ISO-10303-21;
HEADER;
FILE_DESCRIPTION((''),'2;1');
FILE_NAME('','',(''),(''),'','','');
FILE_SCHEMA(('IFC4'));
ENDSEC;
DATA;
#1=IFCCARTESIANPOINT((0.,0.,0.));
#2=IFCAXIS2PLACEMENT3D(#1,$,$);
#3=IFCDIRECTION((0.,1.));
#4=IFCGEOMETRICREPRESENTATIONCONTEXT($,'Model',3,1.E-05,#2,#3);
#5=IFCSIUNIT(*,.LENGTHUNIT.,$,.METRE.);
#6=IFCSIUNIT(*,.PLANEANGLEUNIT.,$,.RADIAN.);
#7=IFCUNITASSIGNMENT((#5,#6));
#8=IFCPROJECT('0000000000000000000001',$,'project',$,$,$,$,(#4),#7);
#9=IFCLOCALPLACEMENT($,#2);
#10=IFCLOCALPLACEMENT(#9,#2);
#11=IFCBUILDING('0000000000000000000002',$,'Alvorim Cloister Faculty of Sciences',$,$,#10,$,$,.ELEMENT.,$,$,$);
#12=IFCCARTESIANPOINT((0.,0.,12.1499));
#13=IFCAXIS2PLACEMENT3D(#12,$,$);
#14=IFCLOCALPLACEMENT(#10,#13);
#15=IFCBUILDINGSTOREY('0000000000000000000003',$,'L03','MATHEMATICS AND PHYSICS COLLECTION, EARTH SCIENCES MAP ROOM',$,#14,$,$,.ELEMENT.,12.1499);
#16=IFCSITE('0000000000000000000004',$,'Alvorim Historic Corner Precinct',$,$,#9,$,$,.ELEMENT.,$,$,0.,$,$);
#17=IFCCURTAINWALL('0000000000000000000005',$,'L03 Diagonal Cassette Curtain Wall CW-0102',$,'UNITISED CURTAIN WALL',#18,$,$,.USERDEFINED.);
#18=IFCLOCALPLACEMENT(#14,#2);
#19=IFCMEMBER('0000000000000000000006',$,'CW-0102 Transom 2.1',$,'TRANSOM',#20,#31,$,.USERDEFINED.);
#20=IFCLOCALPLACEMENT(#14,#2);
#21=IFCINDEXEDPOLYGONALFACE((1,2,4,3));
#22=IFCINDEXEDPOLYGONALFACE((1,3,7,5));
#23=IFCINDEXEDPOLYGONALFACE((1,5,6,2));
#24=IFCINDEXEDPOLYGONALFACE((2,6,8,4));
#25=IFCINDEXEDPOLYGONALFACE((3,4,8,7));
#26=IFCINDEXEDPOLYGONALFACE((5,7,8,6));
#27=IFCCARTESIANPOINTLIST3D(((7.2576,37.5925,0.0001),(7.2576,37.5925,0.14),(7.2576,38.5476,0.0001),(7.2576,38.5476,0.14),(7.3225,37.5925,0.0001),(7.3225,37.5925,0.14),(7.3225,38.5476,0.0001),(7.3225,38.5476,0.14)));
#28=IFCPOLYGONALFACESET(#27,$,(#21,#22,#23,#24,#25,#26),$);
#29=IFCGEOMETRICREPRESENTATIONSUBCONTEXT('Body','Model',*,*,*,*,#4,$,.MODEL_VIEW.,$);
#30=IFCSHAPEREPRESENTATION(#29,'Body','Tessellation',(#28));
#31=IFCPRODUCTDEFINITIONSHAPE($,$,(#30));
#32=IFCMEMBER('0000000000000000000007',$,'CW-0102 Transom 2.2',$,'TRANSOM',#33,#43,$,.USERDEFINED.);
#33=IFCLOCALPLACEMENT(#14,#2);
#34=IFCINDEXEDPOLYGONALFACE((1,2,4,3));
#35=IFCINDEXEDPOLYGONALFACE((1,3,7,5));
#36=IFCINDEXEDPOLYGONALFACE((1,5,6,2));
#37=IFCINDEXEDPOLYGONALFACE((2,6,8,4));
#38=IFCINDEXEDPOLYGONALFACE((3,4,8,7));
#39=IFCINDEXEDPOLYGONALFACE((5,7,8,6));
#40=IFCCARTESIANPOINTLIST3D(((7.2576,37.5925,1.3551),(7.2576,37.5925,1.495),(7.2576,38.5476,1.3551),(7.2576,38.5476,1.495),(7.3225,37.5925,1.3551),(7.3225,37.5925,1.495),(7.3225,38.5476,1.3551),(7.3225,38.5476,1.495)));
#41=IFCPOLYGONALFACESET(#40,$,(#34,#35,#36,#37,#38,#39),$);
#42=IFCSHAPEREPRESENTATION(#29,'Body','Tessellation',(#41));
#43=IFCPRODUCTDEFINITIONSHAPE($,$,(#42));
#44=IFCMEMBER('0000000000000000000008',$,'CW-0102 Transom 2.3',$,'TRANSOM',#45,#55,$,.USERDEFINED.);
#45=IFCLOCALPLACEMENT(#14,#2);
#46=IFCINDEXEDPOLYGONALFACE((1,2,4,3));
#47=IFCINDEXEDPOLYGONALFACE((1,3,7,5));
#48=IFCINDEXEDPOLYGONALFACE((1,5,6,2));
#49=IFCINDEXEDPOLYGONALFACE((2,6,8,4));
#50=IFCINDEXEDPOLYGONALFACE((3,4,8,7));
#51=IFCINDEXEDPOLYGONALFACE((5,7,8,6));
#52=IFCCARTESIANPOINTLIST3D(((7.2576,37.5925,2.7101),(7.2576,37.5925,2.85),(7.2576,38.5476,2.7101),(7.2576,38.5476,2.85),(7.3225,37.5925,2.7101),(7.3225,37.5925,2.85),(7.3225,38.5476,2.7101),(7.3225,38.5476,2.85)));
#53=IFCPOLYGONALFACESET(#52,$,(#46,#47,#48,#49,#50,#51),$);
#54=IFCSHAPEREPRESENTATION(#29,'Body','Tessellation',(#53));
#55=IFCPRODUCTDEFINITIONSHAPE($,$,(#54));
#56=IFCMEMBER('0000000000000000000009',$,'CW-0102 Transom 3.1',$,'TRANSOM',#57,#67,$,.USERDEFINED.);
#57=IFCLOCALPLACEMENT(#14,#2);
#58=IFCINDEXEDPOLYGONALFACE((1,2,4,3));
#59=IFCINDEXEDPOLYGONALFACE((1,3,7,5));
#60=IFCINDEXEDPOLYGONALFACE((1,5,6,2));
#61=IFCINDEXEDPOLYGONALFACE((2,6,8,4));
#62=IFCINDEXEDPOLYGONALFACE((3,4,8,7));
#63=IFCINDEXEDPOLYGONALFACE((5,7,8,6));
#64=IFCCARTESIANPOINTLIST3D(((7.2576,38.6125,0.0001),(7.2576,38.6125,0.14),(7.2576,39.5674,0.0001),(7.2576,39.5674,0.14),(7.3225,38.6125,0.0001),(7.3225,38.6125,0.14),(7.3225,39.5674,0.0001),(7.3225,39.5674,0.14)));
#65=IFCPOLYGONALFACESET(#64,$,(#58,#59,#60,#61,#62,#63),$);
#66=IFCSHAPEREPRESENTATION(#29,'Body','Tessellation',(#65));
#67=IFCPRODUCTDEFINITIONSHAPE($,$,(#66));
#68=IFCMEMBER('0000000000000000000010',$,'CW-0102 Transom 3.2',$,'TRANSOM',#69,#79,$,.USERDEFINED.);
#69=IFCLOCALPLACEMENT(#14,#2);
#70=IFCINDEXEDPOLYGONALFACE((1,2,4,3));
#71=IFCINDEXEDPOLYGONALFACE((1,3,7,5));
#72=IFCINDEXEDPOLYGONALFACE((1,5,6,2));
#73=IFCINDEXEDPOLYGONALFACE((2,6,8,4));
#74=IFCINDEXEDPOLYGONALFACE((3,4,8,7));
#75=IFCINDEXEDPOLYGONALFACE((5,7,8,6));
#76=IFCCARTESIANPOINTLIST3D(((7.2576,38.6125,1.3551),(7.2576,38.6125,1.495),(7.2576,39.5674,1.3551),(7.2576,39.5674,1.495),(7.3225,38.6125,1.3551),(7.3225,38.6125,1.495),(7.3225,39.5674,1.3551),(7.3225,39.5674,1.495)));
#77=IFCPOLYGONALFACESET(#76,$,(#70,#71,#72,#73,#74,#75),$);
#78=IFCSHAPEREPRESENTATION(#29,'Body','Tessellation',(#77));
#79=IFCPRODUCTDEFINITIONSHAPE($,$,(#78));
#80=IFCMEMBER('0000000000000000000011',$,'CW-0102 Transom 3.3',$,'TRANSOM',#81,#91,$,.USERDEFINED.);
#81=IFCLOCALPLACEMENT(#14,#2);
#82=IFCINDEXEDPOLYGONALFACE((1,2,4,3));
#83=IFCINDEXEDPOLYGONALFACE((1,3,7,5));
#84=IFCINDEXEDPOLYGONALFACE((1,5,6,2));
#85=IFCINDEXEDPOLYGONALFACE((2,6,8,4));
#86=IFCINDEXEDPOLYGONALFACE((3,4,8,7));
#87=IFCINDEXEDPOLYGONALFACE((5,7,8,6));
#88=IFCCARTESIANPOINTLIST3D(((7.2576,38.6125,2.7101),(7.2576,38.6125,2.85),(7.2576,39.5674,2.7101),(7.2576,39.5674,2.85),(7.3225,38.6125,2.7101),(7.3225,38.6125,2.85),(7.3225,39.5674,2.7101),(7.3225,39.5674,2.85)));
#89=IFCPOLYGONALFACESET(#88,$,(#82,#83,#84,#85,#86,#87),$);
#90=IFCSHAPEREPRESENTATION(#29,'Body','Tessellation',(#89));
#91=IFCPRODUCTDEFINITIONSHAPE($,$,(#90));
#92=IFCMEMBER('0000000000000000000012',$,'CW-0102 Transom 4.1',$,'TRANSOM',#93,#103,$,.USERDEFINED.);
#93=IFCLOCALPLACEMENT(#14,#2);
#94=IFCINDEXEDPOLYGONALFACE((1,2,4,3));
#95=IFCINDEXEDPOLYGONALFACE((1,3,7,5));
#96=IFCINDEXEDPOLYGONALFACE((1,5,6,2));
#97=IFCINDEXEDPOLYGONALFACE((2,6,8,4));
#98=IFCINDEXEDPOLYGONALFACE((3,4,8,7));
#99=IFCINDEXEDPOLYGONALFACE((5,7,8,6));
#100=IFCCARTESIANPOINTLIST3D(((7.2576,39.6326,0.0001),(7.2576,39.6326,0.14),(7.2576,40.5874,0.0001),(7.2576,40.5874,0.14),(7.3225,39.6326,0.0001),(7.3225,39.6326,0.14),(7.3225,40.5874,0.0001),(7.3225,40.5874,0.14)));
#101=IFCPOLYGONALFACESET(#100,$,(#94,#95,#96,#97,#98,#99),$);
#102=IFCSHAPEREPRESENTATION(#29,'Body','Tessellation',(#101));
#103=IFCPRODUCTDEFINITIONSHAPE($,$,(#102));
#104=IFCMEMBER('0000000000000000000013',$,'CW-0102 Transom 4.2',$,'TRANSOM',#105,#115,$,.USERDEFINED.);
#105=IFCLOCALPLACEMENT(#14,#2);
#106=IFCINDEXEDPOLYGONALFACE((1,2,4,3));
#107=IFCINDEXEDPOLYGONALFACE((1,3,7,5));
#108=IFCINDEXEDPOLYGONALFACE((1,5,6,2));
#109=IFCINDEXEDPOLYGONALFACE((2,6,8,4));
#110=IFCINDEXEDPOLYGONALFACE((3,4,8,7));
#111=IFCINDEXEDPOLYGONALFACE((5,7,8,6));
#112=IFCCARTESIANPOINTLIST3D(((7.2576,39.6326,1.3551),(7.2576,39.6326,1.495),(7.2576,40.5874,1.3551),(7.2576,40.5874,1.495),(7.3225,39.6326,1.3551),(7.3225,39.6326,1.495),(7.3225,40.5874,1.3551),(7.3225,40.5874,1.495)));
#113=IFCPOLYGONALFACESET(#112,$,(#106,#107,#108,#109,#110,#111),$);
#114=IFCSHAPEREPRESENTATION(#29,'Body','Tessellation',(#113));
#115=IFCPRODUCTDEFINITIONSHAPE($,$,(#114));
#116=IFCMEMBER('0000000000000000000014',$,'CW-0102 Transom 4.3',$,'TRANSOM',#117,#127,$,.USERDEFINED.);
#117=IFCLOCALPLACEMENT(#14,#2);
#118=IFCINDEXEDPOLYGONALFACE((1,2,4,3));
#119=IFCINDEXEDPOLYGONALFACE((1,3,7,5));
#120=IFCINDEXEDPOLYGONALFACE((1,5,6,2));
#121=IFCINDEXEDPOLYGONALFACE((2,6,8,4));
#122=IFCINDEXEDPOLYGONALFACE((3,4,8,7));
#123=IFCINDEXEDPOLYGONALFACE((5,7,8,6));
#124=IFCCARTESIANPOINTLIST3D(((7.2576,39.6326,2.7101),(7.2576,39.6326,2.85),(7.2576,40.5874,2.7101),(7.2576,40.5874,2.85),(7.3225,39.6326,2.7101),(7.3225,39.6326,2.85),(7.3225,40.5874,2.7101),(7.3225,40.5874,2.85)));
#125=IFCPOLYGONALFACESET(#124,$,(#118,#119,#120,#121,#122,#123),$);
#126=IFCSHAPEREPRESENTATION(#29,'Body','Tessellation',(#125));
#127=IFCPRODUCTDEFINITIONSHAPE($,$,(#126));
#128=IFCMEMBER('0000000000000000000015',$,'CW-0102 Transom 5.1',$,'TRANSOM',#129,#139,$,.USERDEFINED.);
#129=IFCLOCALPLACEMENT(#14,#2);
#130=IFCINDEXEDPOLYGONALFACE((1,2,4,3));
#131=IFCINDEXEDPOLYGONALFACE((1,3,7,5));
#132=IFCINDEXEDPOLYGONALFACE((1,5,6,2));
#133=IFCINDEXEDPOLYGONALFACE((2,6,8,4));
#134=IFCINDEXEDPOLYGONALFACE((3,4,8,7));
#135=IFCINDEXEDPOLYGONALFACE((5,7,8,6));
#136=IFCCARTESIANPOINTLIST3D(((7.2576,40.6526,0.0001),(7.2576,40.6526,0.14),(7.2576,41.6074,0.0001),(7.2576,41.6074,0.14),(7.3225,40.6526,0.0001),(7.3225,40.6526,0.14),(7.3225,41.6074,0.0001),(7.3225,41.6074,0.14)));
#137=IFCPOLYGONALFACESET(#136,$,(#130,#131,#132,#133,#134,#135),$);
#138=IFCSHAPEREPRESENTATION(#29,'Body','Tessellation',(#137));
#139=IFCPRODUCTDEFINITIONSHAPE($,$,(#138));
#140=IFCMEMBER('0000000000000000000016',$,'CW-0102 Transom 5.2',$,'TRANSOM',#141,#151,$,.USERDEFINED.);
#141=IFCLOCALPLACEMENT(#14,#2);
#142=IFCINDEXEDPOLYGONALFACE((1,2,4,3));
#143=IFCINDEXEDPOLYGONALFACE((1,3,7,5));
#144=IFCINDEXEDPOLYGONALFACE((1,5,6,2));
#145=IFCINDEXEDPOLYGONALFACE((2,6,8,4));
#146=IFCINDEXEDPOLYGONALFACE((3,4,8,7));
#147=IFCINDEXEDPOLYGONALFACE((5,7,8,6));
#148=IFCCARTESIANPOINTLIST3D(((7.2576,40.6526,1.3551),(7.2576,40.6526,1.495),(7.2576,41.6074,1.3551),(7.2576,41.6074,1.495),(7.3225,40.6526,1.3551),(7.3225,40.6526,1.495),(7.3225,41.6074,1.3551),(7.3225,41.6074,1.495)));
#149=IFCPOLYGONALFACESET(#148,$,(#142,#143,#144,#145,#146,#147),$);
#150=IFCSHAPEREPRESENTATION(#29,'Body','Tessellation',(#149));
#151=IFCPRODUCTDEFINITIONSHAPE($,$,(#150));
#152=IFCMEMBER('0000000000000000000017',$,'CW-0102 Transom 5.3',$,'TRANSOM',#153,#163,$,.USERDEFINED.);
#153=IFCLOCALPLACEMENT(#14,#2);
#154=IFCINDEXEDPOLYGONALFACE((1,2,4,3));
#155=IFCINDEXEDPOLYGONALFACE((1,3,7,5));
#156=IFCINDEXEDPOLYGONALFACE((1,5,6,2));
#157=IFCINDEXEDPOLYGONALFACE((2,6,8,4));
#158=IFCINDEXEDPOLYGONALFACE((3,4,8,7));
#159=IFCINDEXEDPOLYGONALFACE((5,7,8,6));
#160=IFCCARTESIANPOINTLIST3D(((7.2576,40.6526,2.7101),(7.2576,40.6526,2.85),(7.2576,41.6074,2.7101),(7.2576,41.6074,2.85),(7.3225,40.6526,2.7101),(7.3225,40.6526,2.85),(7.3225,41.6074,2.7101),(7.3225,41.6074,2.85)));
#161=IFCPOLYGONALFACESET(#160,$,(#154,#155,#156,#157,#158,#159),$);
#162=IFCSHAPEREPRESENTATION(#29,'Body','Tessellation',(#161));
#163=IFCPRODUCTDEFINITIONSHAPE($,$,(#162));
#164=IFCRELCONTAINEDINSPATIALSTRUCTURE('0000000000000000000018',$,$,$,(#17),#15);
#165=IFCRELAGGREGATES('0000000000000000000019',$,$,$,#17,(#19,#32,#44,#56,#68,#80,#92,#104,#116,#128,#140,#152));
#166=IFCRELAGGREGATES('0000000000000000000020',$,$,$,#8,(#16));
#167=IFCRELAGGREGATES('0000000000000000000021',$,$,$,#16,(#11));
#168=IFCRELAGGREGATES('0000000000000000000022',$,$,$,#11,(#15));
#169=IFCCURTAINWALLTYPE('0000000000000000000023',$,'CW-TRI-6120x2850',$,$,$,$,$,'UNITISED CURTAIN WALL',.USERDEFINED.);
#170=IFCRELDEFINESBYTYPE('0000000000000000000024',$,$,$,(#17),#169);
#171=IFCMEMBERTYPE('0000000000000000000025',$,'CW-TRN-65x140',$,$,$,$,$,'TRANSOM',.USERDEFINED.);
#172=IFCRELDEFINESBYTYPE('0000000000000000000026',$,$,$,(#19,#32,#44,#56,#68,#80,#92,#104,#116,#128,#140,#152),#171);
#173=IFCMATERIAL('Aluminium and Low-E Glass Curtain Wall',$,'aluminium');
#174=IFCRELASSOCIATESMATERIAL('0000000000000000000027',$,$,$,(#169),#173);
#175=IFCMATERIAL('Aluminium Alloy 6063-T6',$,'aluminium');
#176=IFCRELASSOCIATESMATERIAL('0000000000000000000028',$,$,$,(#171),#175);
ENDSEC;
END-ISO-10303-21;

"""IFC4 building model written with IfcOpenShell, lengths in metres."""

from ifc_helpers import new_model, si_unit, direction, frame, origin, origin_2d, place, context, subcontext, project, spatial, rectangle, extrude, material, material_profile, profile_set, type_object, element, aggregate, save


model = new_model("IFC4")

# Units and contexts
model_context = context("Model", 3, precision=1e-05, world=origin(), true_north=direction((0.0, 1.0)))
body_context = subcontext(model_context, "Body", "Model", "MODEL_VIEW")
ifc_project = project(units=[si_unit("LENGTHUNIT", "METRE"), si_unit("PLANEANGLEUNIT", "RADIAN")], contexts=[model_context])

# Site, building, storey
site_placement = place(None, origin())
site = spatial("IfcSite", under=ifc_project, at=site_placement, Name="Alvorim Historic Corner Precinct", CompositionType="ELEMENT", RefElevation=0.0)
building_placement = place(site_placement, origin())
building = spatial("IfcBuilding", under=site, at=building_placement, Name="Alvorim Cloister Faculty of Sciences", CompositionType="ELEMENT")
storey_placement = place(building_placement, frame((0.0, 0.0, 12.1499)))
storey = spatial("IfcBuildingStorey", under=building, at=storey_placement, Name="L03", Description="MATHEMATICS AND PHYSICS COLLECTION, EARTH SCIENCES MAP ROOM", CompositionType="ELEMENT", Elevation=12.1499)

# Shared definitions
ifc_material_1 = material(Name="Aluminium and Low-E Glass Curtain Wall", Category="aluminium")
curtain_wall_type = type_object("IfcCurtainWallType", Name="CW-TRI-6120x2850", ElementType="UNITISED CURTAIN WALL", PredefinedType="USERDEFINED", material=ifc_material_1)
ifc_material_2 = material(Name="Aluminium Alloy 6063-T6", Category="aluminium")

# Curtain wall
curtain_wall_1_placement = place(storey_placement, origin())
curtain_wall_1 = element("IfcCurtainWall", 1, at=curtain_wall_1_placement, inside=storey, type_object=curtain_wall_type, Name="L03 Diagonal Cassette Curtain Wall CW-0102", ObjectType="UNITISED CURTAIN WALL", PredefinedType="USERDEFINED")

# Members
ifc_material_profile_1 = material_profile(ifc_material_2, rectangle(XDim=0.0649, YDim=0.1399, at=origin_2d()), Name="ALU-TRN-65x140")
ifc_profile_set_1 = profile_set([ifc_material_profile_1], Name="Aluminium Alloy 6063-T6")
member_type_1 = type_object("IfcMemberType", Name="CW-TRN-65x140", ElementType="TRANSOM", PredefinedType="USERDEFINED", material=ifc_profile_set_1)
member_1_placement = place(storey_placement, frame((7.29, 37.5925, 0.0701), z_axis=(0.0, 1.0, 0.0), x_axis=(-1.0, 0.0, 0.0)))
member_1 = element("IfcMember", 2, at=member_1_placement, type_object=member_type_1, Name="CW-0102 Transom 2.1", ObjectType="TRANSOM", PredefinedType="USERDEFINED", context=body_context, shape_type="SweptSolid", body=[
    extrude(rectangle(XDim=0.0649, YDim=0.1399, at=origin_2d()), origin(), (0.0, 0.0, 1.0), 0.9551),
])
member_2_placement = place(storey_placement, frame((7.29, 37.5925, 1.425), z_axis=(0.0, 1.0, 0.0), x_axis=(-1.0, 0.0, 0.0)))
member_2 = element("IfcMember", 3, at=member_2_placement, type_object=member_type_1, Name="CW-0102 Transom 2.2", ObjectType="TRANSOM", PredefinedType="USERDEFINED", context=body_context, shape_type="SweptSolid", body=[
    extrude(rectangle(XDim=0.0649, YDim=0.1399, at=origin_2d()), origin(), (0.0, 0.0, 1.0), 0.9551),
])
member_3_placement = place(storey_placement, frame((7.29, 37.5925, 2.78), z_axis=(0.0, 1.0, 0.0), x_axis=(-1.0, 0.0, 0.0)))
member_3 = element("IfcMember", 4, at=member_3_placement, type_object=member_type_1, Name="CW-0102 Transom 2.3", ObjectType="TRANSOM", PredefinedType="USERDEFINED", context=body_context, shape_type="SweptSolid", body=[
    extrude(rectangle(XDim=0.0649, YDim=0.1399, at=origin_2d()), origin(), (0.0, 0.0, 1.0), 0.9551),
])
member_4_placement = place(storey_placement, frame((7.29, 38.6125, 0.0701), z_axis=(0.0, 1.0, 0.0), x_axis=(-1.0, 0.0, 0.0)))
member_4 = element("IfcMember", 5, at=member_4_placement, type_object=member_type_1, Name="CW-0102 Transom 3.1", ObjectType="TRANSOM", PredefinedType="USERDEFINED", context=body_context, shape_type="SweptSolid", body=[
    extrude(rectangle(XDim=0.0649, YDim=0.1399, at=origin_2d()), origin(), (0.0, 0.0, 1.0), 0.9548),
])
member_5_placement = place(storey_placement, frame((7.29, 38.6125, 1.425), z_axis=(0.0, 1.0, 0.0), x_axis=(-1.0, 0.0, 0.0)))
member_5 = element("IfcMember", 6, at=member_5_placement, type_object=member_type_1, Name="CW-0102 Transom 3.2", ObjectType="TRANSOM", PredefinedType="USERDEFINED", context=body_context, shape_type="SweptSolid", body=[
    extrude(rectangle(XDim=0.0649, YDim=0.1399, at=origin_2d()), origin(), (0.0, 0.0, 1.0), 0.9548),
])
member_6_placement = place(storey_placement, frame((7.29, 38.6125, 2.78), z_axis=(0.0, 1.0, 0.0), x_axis=(-1.0, 0.0, 0.0)))
member_6 = element("IfcMember", 7, at=member_6_placement, type_object=member_type_1, Name="CW-0102 Transom 3.3", ObjectType="TRANSOM", PredefinedType="USERDEFINED", context=body_context, shape_type="SweptSolid", body=[
    extrude(rectangle(XDim=0.0649, YDim=0.1399, at=origin_2d()), origin(), (0.0, 0.0, 1.0), 0.9548),
])
member_7_placement = place(storey_placement, frame((7.29, 39.6326, 0.0701), z_axis=(0.0, 1.0, 0.0), x_axis=(-1.0, 0.0, 0.0)))
member_7 = element("IfcMember", 8, at=member_7_placement, type_object=member_type_1, Name="CW-0102 Transom 4.1", ObjectType="TRANSOM", PredefinedType="USERDEFINED", context=body_context, shape_type="SweptSolid", body=[
    extrude(rectangle(XDim=0.0649, YDim=0.1399, at=origin_2d()), origin(), (0.0, 0.0, 1.0), 0.9548),
])
member_8_placement = place(storey_placement, frame((7.29, 39.6326, 1.425), z_axis=(0.0, 1.0, 0.0), x_axis=(-1.0, 0.0, 0.0)))
member_8 = element("IfcMember", 9, at=member_8_placement, type_object=member_type_1, Name="CW-0102 Transom 4.2", ObjectType="TRANSOM", PredefinedType="USERDEFINED", context=body_context, shape_type="SweptSolid", body=[
    extrude(rectangle(XDim=0.0649, YDim=0.1399, at=origin_2d()), origin(), (0.0, 0.0, 1.0), 0.9548),
])
member_9_placement = place(storey_placement, frame((7.29, 39.6326, 2.78), z_axis=(0.0, 1.0, 0.0), x_axis=(-1.0, 0.0, 0.0)))
member_9 = element("IfcMember", 10, at=member_9_placement, type_object=member_type_1, Name="CW-0102 Transom 4.3", ObjectType="TRANSOM", PredefinedType="USERDEFINED", context=body_context, shape_type="SweptSolid", body=[
    extrude(rectangle(XDim=0.0649, YDim=0.1399, at=origin_2d()), origin(), (0.0, 0.0, 1.0), 0.9548),
])
member_10_placement = place(storey_placement, frame((7.29, 40.6526, 0.0701), z_axis=(0.0, 1.0, 0.0), x_axis=(-1.0, 0.0, 0.0)))
member_10 = element("IfcMember", 11, at=member_10_placement, type_object=member_type_1, Name="CW-0102 Transom 5.1", ObjectType="TRANSOM", PredefinedType="USERDEFINED", context=body_context, shape_type="SweptSolid", body=[
    extrude(rectangle(XDim=0.0649, YDim=0.1399, at=origin_2d()), origin(), (0.0, 0.0, 1.0), 0.9548),
])
member_11_placement = place(storey_placement, frame((7.29, 40.6526, 1.425), z_axis=(0.0, 1.0, 0.0), x_axis=(-1.0, 0.0, 0.0)))
member_11 = element("IfcMember", 12, at=member_11_placement, type_object=member_type_1, Name="CW-0102 Transom 5.2", ObjectType="TRANSOM", PredefinedType="USERDEFINED", context=body_context, shape_type="SweptSolid", body=[
    extrude(rectangle(XDim=0.0649, YDim=0.1399, at=origin_2d()), origin(), (0.0, 0.0, 1.0), 0.9548),
])
member_12_placement = place(storey_placement, frame((7.29, 40.6526, 2.78), z_axis=(0.0, 1.0, 0.0), x_axis=(-1.0, 0.0, 0.0)))
member_12 = element("IfcMember", 13, at=member_12_placement, type_object=member_type_1, Name="CW-0102 Transom 5.3", ObjectType="TRANSOM", PredefinedType="USERDEFINED", context=body_context, shape_type="SweptSolid", body=[
    extrude(rectangle(XDim=0.0649, YDim=0.1399, at=origin_2d()), origin(), (0.0, 0.0, 1.0), 0.9548),
])
aggregate(curtain_wall_1, [member_1, member_2, member_3, member_4, member_5, member_6, member_7, member_8, member_9, member_10, member_11, member_12])

save(model, "model.ifc")
